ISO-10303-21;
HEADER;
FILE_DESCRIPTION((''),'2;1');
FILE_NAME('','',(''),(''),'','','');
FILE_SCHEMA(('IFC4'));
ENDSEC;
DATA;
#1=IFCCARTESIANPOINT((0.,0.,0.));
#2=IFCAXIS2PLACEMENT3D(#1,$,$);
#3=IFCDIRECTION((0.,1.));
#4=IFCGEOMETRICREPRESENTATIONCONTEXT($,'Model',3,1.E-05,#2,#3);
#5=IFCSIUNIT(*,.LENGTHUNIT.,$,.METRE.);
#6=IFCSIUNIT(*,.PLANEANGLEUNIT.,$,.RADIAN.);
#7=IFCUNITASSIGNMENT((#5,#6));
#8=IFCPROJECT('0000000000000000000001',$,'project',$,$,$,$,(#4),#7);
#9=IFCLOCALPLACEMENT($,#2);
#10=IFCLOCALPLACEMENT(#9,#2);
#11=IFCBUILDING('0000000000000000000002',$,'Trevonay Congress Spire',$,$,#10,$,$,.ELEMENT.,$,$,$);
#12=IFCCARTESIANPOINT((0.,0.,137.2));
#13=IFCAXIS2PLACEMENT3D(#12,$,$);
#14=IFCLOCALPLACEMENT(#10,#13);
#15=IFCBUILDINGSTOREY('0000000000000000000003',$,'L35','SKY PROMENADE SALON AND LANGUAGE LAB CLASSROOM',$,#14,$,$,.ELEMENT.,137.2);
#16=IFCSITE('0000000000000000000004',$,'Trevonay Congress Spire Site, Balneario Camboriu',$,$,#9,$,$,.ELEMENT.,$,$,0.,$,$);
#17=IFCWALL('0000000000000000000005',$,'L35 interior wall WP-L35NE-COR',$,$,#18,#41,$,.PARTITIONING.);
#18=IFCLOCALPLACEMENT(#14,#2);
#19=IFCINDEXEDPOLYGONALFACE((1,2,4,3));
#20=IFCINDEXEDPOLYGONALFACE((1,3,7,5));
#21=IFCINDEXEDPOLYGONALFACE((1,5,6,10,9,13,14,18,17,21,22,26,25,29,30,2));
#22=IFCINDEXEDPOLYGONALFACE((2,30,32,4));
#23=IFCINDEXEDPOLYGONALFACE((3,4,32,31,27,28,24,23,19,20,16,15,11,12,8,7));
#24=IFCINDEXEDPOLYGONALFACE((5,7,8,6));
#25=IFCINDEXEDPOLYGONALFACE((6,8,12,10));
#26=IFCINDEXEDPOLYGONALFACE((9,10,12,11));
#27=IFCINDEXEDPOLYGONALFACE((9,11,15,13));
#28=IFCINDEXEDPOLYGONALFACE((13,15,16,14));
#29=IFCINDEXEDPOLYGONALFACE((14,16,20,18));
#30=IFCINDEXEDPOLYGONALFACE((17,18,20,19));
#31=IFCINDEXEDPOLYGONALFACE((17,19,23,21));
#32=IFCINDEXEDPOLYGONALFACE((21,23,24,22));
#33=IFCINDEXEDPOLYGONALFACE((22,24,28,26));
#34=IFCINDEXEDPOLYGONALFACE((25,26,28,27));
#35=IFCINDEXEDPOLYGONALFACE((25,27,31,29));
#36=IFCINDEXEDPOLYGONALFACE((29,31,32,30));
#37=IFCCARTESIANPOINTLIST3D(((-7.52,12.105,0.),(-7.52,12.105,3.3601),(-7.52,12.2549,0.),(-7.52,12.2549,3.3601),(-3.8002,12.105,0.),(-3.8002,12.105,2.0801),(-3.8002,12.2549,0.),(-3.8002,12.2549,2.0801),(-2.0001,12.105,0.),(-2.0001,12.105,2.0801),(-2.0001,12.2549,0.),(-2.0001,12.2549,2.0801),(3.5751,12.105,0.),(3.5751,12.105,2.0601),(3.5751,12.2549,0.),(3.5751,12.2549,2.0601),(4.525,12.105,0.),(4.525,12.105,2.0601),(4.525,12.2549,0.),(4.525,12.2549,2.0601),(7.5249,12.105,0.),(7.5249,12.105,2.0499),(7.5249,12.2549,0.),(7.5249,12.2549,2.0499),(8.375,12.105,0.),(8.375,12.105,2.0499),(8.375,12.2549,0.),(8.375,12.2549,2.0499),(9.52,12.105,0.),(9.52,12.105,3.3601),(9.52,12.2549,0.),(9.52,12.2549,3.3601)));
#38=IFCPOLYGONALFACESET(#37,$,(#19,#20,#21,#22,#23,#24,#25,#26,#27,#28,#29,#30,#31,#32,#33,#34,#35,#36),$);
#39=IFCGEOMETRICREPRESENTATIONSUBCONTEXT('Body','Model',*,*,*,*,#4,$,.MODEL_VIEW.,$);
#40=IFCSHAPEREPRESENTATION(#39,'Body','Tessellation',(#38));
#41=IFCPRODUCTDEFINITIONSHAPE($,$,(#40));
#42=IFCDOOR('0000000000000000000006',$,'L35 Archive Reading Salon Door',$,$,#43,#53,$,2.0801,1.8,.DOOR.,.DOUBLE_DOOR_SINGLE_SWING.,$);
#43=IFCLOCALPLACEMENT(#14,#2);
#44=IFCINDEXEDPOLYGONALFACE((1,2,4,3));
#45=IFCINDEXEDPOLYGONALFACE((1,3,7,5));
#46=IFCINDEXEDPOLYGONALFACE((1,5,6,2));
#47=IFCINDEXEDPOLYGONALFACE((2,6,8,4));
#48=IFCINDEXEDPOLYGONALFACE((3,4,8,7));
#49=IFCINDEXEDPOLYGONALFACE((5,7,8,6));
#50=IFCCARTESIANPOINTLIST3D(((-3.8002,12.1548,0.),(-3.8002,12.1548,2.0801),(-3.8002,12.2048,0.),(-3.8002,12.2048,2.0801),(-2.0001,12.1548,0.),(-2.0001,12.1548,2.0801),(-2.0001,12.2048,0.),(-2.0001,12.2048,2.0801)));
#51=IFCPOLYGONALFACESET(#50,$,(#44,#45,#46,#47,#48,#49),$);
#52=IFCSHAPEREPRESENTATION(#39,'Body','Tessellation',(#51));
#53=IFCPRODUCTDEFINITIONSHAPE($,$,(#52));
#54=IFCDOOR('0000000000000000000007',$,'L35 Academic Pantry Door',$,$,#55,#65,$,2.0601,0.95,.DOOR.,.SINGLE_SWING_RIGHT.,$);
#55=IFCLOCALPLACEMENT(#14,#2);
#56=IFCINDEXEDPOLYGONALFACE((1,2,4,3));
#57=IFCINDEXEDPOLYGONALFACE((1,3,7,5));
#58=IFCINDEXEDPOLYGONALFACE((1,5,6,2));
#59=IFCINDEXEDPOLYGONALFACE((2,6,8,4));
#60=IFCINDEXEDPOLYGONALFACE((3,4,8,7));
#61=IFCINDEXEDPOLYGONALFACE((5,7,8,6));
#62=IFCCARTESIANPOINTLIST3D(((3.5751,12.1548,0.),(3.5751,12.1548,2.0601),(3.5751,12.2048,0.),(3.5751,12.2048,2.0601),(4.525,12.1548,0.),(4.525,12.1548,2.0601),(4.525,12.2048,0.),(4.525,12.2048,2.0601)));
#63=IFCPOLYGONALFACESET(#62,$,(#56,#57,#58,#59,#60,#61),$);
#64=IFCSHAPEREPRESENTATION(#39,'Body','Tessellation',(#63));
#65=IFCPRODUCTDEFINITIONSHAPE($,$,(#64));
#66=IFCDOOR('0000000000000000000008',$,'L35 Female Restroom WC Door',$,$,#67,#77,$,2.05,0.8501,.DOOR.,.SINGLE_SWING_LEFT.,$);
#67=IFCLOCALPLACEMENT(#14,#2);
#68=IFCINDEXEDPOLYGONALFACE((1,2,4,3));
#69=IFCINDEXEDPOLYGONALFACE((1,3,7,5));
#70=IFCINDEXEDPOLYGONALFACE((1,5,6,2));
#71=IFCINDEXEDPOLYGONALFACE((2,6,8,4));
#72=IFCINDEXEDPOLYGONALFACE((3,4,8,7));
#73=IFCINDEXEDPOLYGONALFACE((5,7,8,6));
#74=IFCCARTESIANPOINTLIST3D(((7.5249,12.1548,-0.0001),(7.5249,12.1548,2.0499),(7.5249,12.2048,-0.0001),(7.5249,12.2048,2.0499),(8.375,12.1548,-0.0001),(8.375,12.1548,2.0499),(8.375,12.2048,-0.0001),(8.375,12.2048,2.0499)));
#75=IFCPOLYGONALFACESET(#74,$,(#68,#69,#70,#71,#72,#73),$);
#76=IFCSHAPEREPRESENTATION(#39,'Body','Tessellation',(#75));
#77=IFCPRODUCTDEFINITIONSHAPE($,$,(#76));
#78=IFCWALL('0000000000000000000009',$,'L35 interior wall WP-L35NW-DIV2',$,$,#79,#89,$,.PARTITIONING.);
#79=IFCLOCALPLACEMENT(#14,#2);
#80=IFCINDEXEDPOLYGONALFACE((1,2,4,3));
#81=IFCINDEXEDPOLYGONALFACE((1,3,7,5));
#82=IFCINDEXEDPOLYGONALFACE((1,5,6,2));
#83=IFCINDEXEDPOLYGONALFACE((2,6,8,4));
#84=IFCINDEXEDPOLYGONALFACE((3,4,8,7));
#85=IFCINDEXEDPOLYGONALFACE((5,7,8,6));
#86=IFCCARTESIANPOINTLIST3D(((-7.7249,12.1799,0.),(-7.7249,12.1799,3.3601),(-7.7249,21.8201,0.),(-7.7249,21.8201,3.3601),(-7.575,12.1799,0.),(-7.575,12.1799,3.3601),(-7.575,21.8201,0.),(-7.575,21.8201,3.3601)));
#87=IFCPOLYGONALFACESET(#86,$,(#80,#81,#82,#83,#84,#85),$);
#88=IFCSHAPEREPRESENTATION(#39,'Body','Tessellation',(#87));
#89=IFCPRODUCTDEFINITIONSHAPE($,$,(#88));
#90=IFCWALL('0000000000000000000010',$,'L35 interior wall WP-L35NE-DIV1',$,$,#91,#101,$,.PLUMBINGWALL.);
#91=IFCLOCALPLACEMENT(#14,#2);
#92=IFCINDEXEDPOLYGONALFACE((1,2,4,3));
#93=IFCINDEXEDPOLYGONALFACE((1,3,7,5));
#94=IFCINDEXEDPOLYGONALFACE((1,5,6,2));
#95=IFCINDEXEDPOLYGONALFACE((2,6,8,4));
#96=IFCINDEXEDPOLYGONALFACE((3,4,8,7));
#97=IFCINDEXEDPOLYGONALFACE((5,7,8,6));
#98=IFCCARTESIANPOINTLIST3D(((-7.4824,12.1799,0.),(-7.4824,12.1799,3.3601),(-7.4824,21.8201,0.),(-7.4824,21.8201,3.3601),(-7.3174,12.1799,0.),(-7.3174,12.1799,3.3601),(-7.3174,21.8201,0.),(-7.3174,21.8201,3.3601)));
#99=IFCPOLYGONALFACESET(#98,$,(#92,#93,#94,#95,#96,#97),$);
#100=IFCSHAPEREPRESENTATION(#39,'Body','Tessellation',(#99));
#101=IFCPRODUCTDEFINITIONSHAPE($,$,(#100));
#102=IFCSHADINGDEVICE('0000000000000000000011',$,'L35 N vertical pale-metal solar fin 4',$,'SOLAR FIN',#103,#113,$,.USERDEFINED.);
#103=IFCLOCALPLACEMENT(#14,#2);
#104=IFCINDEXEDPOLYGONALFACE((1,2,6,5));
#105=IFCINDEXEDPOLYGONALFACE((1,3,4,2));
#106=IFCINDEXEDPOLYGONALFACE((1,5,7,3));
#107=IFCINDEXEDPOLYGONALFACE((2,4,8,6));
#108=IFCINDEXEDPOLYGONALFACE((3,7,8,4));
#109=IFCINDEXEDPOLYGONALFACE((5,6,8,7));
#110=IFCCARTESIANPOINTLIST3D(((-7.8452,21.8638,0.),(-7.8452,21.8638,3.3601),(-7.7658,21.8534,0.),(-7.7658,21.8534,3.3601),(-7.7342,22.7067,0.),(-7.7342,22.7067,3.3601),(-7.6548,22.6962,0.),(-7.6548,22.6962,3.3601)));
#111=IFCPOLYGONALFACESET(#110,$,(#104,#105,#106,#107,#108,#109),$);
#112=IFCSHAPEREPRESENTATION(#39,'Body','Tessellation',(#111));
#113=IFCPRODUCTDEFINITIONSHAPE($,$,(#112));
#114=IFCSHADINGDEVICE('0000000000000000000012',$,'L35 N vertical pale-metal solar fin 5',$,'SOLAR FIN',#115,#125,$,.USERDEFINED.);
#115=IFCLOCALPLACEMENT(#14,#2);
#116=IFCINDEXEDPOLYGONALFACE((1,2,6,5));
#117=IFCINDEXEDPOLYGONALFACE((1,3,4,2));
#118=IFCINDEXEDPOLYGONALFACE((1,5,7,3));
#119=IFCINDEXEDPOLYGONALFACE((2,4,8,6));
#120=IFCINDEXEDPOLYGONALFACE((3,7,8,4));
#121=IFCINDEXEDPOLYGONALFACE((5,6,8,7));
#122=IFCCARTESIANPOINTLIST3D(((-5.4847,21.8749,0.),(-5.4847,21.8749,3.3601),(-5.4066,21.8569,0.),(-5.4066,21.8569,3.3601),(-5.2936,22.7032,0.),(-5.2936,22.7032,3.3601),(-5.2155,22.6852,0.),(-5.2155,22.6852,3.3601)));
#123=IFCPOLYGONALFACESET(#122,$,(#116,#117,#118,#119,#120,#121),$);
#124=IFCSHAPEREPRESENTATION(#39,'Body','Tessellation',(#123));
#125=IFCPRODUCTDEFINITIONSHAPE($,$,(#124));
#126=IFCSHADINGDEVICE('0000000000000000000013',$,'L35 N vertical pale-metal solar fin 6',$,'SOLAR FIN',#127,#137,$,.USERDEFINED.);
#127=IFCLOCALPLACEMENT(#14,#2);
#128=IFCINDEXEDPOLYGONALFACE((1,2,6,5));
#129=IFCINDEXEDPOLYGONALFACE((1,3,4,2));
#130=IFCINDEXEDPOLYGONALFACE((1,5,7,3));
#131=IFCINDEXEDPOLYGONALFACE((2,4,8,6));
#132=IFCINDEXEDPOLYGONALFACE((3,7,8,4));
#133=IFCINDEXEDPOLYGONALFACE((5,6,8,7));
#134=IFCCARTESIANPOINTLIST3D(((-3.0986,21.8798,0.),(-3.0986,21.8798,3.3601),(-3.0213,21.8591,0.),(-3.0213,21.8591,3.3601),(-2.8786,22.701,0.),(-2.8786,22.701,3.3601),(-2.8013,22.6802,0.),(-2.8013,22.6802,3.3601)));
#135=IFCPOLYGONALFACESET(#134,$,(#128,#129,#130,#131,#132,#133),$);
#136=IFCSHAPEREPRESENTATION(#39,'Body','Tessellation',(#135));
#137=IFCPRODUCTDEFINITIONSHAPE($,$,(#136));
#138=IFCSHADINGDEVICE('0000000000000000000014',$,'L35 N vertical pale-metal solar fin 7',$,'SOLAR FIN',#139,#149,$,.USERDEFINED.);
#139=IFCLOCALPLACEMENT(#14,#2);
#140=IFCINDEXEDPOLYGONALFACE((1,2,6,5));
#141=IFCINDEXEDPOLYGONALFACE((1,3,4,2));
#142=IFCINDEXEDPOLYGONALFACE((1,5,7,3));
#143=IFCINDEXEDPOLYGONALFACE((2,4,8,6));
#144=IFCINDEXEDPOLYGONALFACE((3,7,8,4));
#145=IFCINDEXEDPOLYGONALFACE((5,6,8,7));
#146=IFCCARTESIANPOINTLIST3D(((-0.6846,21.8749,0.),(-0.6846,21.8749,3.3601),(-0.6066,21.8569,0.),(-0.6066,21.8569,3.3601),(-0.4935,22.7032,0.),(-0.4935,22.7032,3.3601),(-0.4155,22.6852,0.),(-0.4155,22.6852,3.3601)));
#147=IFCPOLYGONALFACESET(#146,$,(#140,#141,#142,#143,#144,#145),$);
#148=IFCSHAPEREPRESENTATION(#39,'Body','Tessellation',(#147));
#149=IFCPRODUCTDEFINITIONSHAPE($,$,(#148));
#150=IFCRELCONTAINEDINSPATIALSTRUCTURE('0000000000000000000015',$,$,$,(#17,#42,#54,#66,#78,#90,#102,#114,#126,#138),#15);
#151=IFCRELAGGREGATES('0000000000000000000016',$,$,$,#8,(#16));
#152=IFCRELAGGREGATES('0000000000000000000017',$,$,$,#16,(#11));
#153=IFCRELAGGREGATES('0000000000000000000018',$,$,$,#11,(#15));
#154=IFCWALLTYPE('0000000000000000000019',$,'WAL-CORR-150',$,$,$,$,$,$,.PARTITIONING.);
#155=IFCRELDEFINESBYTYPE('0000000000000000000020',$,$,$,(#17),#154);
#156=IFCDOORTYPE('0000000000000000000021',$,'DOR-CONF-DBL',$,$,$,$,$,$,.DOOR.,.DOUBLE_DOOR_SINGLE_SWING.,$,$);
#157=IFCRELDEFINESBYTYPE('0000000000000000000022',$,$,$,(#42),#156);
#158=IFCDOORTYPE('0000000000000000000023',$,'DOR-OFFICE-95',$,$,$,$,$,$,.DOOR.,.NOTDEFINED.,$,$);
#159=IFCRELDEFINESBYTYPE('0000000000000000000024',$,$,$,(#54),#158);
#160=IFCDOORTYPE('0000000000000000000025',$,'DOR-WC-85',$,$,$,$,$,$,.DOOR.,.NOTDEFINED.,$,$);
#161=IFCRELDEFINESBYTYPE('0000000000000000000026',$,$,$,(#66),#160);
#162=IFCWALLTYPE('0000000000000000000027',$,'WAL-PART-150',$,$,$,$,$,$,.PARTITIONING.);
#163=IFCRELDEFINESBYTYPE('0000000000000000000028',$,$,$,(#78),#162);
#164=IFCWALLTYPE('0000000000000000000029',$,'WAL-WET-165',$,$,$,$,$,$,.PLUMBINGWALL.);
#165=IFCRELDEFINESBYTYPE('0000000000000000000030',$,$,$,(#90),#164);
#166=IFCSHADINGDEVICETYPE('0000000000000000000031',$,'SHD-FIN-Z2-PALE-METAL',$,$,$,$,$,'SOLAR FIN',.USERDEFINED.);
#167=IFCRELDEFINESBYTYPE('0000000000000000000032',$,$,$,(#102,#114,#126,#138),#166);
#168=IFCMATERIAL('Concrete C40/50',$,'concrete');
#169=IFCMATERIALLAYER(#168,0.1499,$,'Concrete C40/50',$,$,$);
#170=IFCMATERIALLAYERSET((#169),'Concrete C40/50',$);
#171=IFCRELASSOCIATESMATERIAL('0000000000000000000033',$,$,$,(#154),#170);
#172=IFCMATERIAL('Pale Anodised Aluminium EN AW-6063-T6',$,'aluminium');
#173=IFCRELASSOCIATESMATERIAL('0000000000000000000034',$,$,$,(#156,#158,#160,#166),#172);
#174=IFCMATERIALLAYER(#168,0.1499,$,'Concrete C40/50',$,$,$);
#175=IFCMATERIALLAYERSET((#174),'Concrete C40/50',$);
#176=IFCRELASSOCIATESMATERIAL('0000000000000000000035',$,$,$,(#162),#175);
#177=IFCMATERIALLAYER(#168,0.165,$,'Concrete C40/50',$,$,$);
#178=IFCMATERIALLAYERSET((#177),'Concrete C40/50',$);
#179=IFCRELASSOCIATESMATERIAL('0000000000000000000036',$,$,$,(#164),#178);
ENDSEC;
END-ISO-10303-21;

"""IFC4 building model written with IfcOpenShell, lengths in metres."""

from ifc_helpers import new_model, si_unit, direction, frame, frame_2d, origin, origin_2d, place, context, subcontext, project, spatial, rectangle, extrude, material, layer, layer_set, type_object, element, fill, save


model = new_model("IFC4")

# Units and contexts
model_context = context("Model", 3, precision=1e-05, world=origin(), true_north=direction((0.0, 1.0)))
body_context = subcontext(model_context, "Body", "Model", "MODEL_VIEW")
ifc_project = project(units=[si_unit("LENGTHUNIT", "METRE"), si_unit("PLANEANGLEUNIT", "RADIAN")], contexts=[model_context])

# Site, building, storey
site_placement = place(None, origin())
site = spatial("IfcSite", under=ifc_project, at=site_placement, Name="Trevonay Congress Spire Site, Balneario Camboriu", CompositionType="ELEMENT", RefElevation=0.0)
building_placement = place(site_placement, origin())
building = spatial("IfcBuilding", under=site, at=building_placement, Name="Trevonay Congress Spire", CompositionType="ELEMENT")
storey_placement = place(building_placement, frame((0.0, 0.0, 137.2)))
storey = spatial("IfcBuildingStorey", under=building, at=storey_placement, Name="L35", Description="SKY PROMENADE SALON AND LANGUAGE LAB CLASSROOM", CompositionType="ELEMENT", Elevation=137.2)

# Shared definitions
ifc_material_1 = material(Name="Pale Anodised Aluminium EN AW-6063-T6", Category="aluminium")

# Wall, openings, doors
ifc_material_2 = material(Name="Concrete C40/50", Category="concrete")
ifc_layer_1 = layer(ifc_material_2, 0.1499, Name="Concrete C40/50")
ifc_layer_set_1 = layer_set([ifc_layer_1], Name="Concrete C40/50")
wall_type_1 = type_object("IfcWallType", Name="WAL-CORR-150", PredefinedType="PARTITIONING", material=ifc_layer_set_1)
wall_1_placement = place(storey_placement, frame((-7.52, 12.1799, 0.0), z_axis=(0.0, 0.0, 1.0), x_axis=(1.0, 0.0, 0.0)))
wall_1 = element("IfcWall", 1, at=wall_1_placement, inside=storey, type_object=wall_type_1, Name="L35 interior wall WP-L35NE-COR", PredefinedType="PARTITIONING", context=body_context, shape_type="SweptSolid", body=[
    extrude(rectangle(XDim=17.04, YDim=0.1499, at=frame_2d((8.52, 0.0))), origin(), (0.0, 0.0, 1.0), 3.3601),
])
opening_1_placement = place(wall_1_placement, frame((3.72, 0.0, 0.0)))
opening_1 = element("IfcOpeningElement", 2, at=opening_1_placement, cuts=wall_1, PredefinedType="OPENING", context=body_context, shape_type="SweptSolid", body=[
    extrude(rectangle(XDim=1.8, YDim=2.0801, at=frame_2d((0.8999, 1.04))), frame((0.0, 0.085, 0.0), z_axis=(0.0, -1.0, 0.0), x_axis=(1.0, 0.0, 0.0)), (0.0, 0.0, 1.0), 0.1699),
])
opening_2_placement = place(wall_1_placement, frame((11.095, 0.0, 0.0)))
opening_2 = element("IfcOpeningElement", 3, at=opening_2_placement, cuts=wall_1, PredefinedType="OPENING", context=body_context, shape_type="SweptSolid", body=[
    extrude(rectangle(XDim=0.95, YDim=2.0601, at=frame_2d((0.4751, 1.03))), frame((0.0, 0.085, 0.0), z_axis=(0.0, -1.0, 0.0), x_axis=(1.0, 0.0, 0.0)), (0.0, 0.0, 1.0), 0.1699),
])
opening_3_placement = place(wall_1_placement, frame((15.0449, 0.0, 0.0)))
opening_3 = element("IfcOpeningElement", 4, at=opening_3_placement, cuts=wall_1, PredefinedType="OPENING", context=body_context, shape_type="SweptSolid", body=[
    extrude(rectangle(XDim=0.8501, YDim=2.05, at=frame_2d((0.425, 1.0249))), frame((0.0, 0.085, 0.0), z_axis=(0.0, -1.0, 0.0), x_axis=(1.0, 0.0, 0.0)), (0.0, 0.0, 1.0), 0.1699),
])
door_type_1 = type_object("IfcDoorType", Name="DOR-CONF-DBL", OperationType="DOUBLE_DOOR_SINGLE_SWING", PredefinedType="DOOR", material=ifc_material_1)
door_1_placement = place(opening_1_placement, origin())
door_1 = element("IfcDoor", 5, at=door_1_placement, inside=storey, type_object=door_type_1, Name="L35 Archive Reading Salon Door", OperationType="DOUBLE_DOOR_SINGLE_SWING", OverallHeight=2.0801, OverallWidth=1.8, PredefinedType="DOOR", context=body_context, shape_type="SweptSolid", body=[
    extrude(rectangle(XDim=1.8, YDim=2.0801, at=frame_2d((0.8999, 1.04))), frame((0.0, 0.0249, 0.0), z_axis=(0.0, -1.0, 0.0), x_axis=(1.0, 0.0, 0.0)), (0.0, 0.0, 1.0), 0.05),
])
fill(opening_1, door_1)
door_type_2 = type_object("IfcDoorType", Name="DOR-OFFICE-95", OperationType="NOTDEFINED", PredefinedType="DOOR", material=ifc_material_1)
door_2_placement = place(opening_2_placement, origin())
door_2 = element("IfcDoor", 6, at=door_2_placement, inside=storey, type_object=door_type_2, Name="L35 Academic Pantry Door", OperationType="SINGLE_SWING_RIGHT", OverallHeight=2.0601, OverallWidth=0.95, PredefinedType="DOOR", context=body_context, shape_type="SweptSolid", body=[
    extrude(rectangle(XDim=0.95, YDim=2.0601, at=frame_2d((0.4751, 1.03))), frame((0.0, 0.0249, 0.0), z_axis=(0.0, -1.0, 0.0), x_axis=(1.0, 0.0, 0.0)), (0.0, 0.0, 1.0), 0.05),
])
fill(opening_2, door_2)
door_type_3 = type_object("IfcDoorType", Name="DOR-WC-85", OperationType="NOTDEFINED", PredefinedType="DOOR", material=ifc_material_1)
door_3_placement = place(opening_3_placement, origin())
door_3 = element("IfcDoor", 7, at=door_3_placement, inside=storey, type_object=door_type_3, Name="L35 Female Restroom WC Door", OperationType="SINGLE_SWING_LEFT", OverallHeight=2.05, OverallWidth=0.8501, PredefinedType="DOOR", context=body_context, shape_type="SweptSolid", body=[
    extrude(rectangle(XDim=0.8501, YDim=2.05, at=frame_2d((0.425, 1.0249))), frame((0.0, 0.0249, 0.0), z_axis=(0.0, -1.0, 0.0), x_axis=(1.0, 0.0, 0.0)), (0.0, 0.0, 1.0), 0.05),
])
fill(opening_3, door_3)

# Walls
ifc_layer_2 = layer(ifc_material_2, 0.1499, Name="Concrete C40/50")
ifc_layer_set_2 = layer_set([ifc_layer_2], Name="Concrete C40/50")
wall_type_2 = type_object("IfcWallType", Name="WAL-PART-150", PredefinedType="PARTITIONING", material=ifc_layer_set_2)
wall_2_placement = place(storey_placement, frame((-7.6499, 12.1799, 0.0), z_axis=(0.0, 0.0, 1.0), x_axis=(0.0, 1.0, 0.0)))
element("IfcWall", 8, at=wall_2_placement, inside=storey, type_object=wall_type_2, Name="L35 interior wall WP-L35NW-DIV2", PredefinedType="PARTITIONING", context=body_context, shape_type="SweptSolid", body=[
    extrude(rectangle(XDim=9.6401, YDim=0.1499, at=frame_2d((4.8201, 0.0))), origin(), (0.0, 0.0, 1.0), 3.3601),
])
ifc_layer_3 = layer(ifc_material_2, 0.165, Name="Concrete C40/50")
ifc_layer_set_3 = layer_set([ifc_layer_3], Name="Concrete C40/50")
wall_type_3 = type_object("IfcWallType", Name="WAL-WET-165", PredefinedType="PLUMBINGWALL", material=ifc_layer_set_3)
wall_3_placement = place(storey_placement, frame((-7.3999, 12.1799, 0.0), z_axis=(0.0, 0.0, 1.0), x_axis=(0.0, 1.0, 0.0)))
element("IfcWall", 9, at=wall_3_placement, inside=storey, type_object=wall_type_3, Name="L35 interior wall WP-L35NE-DIV1", PredefinedType="PLUMBINGWALL", context=body_context, shape_type="SweptSolid", body=[
    extrude(rectangle(XDim=9.6401, YDim=0.165, at=frame_2d((4.8201, 0.0))), origin(), (0.0, 0.0, 1.0), 3.3601),
])

# Shading devices
shading_device_type = type_object("IfcShadingDeviceType", Name="SHD-FIN-Z2-PALE-METAL", ElementType="SOLAR FIN", PredefinedType="USERDEFINED", material=ifc_material_1)
for number, where, z_axis, x_axis, name in (
    (10, (-7.75, 22.28, 0.0), (0.0, 0.0, 1.0), (0.991445, -0.130526, 0.0), "L35 N vertical pale-metal solar fin 4"),
    (11, (-5.3501, 22.28, 0.0), (0.0, 0.0, 1.0), (0.974409, -0.224781, 0.0), "L35 N vertical pale-metal solar fin 5"),
    (12, (-2.95, 22.28, 0.0), (0.0, 0.0, 1.0), (0.965926, -0.258819, 0.0), "L35 N vertical pale-metal solar fin 6"),
    (13, (-0.55, 22.28, 0.0), (0.0, 0.0, 1.0), (0.974409, -0.224781, 0.0), "L35 N vertical pale-metal solar fin 7"),
):
    element("IfcShadingDevice", number, at=place(storey_placement, frame(where, z_axis=z_axis, x_axis=x_axis)), inside=storey, type_object=shading_device_type, Name=name, ObjectType="SOLAR FIN", PredefinedType="USERDEFINED", context=body_context, shape_type="SweptSolid", body=[
        extrude(rectangle(XDim=0.0801, YDim=0.8501, at=origin_2d()), origin(), (0.0, 0.0, 1.0), 3.3601),
    ])

save(model, "model.ifc")
